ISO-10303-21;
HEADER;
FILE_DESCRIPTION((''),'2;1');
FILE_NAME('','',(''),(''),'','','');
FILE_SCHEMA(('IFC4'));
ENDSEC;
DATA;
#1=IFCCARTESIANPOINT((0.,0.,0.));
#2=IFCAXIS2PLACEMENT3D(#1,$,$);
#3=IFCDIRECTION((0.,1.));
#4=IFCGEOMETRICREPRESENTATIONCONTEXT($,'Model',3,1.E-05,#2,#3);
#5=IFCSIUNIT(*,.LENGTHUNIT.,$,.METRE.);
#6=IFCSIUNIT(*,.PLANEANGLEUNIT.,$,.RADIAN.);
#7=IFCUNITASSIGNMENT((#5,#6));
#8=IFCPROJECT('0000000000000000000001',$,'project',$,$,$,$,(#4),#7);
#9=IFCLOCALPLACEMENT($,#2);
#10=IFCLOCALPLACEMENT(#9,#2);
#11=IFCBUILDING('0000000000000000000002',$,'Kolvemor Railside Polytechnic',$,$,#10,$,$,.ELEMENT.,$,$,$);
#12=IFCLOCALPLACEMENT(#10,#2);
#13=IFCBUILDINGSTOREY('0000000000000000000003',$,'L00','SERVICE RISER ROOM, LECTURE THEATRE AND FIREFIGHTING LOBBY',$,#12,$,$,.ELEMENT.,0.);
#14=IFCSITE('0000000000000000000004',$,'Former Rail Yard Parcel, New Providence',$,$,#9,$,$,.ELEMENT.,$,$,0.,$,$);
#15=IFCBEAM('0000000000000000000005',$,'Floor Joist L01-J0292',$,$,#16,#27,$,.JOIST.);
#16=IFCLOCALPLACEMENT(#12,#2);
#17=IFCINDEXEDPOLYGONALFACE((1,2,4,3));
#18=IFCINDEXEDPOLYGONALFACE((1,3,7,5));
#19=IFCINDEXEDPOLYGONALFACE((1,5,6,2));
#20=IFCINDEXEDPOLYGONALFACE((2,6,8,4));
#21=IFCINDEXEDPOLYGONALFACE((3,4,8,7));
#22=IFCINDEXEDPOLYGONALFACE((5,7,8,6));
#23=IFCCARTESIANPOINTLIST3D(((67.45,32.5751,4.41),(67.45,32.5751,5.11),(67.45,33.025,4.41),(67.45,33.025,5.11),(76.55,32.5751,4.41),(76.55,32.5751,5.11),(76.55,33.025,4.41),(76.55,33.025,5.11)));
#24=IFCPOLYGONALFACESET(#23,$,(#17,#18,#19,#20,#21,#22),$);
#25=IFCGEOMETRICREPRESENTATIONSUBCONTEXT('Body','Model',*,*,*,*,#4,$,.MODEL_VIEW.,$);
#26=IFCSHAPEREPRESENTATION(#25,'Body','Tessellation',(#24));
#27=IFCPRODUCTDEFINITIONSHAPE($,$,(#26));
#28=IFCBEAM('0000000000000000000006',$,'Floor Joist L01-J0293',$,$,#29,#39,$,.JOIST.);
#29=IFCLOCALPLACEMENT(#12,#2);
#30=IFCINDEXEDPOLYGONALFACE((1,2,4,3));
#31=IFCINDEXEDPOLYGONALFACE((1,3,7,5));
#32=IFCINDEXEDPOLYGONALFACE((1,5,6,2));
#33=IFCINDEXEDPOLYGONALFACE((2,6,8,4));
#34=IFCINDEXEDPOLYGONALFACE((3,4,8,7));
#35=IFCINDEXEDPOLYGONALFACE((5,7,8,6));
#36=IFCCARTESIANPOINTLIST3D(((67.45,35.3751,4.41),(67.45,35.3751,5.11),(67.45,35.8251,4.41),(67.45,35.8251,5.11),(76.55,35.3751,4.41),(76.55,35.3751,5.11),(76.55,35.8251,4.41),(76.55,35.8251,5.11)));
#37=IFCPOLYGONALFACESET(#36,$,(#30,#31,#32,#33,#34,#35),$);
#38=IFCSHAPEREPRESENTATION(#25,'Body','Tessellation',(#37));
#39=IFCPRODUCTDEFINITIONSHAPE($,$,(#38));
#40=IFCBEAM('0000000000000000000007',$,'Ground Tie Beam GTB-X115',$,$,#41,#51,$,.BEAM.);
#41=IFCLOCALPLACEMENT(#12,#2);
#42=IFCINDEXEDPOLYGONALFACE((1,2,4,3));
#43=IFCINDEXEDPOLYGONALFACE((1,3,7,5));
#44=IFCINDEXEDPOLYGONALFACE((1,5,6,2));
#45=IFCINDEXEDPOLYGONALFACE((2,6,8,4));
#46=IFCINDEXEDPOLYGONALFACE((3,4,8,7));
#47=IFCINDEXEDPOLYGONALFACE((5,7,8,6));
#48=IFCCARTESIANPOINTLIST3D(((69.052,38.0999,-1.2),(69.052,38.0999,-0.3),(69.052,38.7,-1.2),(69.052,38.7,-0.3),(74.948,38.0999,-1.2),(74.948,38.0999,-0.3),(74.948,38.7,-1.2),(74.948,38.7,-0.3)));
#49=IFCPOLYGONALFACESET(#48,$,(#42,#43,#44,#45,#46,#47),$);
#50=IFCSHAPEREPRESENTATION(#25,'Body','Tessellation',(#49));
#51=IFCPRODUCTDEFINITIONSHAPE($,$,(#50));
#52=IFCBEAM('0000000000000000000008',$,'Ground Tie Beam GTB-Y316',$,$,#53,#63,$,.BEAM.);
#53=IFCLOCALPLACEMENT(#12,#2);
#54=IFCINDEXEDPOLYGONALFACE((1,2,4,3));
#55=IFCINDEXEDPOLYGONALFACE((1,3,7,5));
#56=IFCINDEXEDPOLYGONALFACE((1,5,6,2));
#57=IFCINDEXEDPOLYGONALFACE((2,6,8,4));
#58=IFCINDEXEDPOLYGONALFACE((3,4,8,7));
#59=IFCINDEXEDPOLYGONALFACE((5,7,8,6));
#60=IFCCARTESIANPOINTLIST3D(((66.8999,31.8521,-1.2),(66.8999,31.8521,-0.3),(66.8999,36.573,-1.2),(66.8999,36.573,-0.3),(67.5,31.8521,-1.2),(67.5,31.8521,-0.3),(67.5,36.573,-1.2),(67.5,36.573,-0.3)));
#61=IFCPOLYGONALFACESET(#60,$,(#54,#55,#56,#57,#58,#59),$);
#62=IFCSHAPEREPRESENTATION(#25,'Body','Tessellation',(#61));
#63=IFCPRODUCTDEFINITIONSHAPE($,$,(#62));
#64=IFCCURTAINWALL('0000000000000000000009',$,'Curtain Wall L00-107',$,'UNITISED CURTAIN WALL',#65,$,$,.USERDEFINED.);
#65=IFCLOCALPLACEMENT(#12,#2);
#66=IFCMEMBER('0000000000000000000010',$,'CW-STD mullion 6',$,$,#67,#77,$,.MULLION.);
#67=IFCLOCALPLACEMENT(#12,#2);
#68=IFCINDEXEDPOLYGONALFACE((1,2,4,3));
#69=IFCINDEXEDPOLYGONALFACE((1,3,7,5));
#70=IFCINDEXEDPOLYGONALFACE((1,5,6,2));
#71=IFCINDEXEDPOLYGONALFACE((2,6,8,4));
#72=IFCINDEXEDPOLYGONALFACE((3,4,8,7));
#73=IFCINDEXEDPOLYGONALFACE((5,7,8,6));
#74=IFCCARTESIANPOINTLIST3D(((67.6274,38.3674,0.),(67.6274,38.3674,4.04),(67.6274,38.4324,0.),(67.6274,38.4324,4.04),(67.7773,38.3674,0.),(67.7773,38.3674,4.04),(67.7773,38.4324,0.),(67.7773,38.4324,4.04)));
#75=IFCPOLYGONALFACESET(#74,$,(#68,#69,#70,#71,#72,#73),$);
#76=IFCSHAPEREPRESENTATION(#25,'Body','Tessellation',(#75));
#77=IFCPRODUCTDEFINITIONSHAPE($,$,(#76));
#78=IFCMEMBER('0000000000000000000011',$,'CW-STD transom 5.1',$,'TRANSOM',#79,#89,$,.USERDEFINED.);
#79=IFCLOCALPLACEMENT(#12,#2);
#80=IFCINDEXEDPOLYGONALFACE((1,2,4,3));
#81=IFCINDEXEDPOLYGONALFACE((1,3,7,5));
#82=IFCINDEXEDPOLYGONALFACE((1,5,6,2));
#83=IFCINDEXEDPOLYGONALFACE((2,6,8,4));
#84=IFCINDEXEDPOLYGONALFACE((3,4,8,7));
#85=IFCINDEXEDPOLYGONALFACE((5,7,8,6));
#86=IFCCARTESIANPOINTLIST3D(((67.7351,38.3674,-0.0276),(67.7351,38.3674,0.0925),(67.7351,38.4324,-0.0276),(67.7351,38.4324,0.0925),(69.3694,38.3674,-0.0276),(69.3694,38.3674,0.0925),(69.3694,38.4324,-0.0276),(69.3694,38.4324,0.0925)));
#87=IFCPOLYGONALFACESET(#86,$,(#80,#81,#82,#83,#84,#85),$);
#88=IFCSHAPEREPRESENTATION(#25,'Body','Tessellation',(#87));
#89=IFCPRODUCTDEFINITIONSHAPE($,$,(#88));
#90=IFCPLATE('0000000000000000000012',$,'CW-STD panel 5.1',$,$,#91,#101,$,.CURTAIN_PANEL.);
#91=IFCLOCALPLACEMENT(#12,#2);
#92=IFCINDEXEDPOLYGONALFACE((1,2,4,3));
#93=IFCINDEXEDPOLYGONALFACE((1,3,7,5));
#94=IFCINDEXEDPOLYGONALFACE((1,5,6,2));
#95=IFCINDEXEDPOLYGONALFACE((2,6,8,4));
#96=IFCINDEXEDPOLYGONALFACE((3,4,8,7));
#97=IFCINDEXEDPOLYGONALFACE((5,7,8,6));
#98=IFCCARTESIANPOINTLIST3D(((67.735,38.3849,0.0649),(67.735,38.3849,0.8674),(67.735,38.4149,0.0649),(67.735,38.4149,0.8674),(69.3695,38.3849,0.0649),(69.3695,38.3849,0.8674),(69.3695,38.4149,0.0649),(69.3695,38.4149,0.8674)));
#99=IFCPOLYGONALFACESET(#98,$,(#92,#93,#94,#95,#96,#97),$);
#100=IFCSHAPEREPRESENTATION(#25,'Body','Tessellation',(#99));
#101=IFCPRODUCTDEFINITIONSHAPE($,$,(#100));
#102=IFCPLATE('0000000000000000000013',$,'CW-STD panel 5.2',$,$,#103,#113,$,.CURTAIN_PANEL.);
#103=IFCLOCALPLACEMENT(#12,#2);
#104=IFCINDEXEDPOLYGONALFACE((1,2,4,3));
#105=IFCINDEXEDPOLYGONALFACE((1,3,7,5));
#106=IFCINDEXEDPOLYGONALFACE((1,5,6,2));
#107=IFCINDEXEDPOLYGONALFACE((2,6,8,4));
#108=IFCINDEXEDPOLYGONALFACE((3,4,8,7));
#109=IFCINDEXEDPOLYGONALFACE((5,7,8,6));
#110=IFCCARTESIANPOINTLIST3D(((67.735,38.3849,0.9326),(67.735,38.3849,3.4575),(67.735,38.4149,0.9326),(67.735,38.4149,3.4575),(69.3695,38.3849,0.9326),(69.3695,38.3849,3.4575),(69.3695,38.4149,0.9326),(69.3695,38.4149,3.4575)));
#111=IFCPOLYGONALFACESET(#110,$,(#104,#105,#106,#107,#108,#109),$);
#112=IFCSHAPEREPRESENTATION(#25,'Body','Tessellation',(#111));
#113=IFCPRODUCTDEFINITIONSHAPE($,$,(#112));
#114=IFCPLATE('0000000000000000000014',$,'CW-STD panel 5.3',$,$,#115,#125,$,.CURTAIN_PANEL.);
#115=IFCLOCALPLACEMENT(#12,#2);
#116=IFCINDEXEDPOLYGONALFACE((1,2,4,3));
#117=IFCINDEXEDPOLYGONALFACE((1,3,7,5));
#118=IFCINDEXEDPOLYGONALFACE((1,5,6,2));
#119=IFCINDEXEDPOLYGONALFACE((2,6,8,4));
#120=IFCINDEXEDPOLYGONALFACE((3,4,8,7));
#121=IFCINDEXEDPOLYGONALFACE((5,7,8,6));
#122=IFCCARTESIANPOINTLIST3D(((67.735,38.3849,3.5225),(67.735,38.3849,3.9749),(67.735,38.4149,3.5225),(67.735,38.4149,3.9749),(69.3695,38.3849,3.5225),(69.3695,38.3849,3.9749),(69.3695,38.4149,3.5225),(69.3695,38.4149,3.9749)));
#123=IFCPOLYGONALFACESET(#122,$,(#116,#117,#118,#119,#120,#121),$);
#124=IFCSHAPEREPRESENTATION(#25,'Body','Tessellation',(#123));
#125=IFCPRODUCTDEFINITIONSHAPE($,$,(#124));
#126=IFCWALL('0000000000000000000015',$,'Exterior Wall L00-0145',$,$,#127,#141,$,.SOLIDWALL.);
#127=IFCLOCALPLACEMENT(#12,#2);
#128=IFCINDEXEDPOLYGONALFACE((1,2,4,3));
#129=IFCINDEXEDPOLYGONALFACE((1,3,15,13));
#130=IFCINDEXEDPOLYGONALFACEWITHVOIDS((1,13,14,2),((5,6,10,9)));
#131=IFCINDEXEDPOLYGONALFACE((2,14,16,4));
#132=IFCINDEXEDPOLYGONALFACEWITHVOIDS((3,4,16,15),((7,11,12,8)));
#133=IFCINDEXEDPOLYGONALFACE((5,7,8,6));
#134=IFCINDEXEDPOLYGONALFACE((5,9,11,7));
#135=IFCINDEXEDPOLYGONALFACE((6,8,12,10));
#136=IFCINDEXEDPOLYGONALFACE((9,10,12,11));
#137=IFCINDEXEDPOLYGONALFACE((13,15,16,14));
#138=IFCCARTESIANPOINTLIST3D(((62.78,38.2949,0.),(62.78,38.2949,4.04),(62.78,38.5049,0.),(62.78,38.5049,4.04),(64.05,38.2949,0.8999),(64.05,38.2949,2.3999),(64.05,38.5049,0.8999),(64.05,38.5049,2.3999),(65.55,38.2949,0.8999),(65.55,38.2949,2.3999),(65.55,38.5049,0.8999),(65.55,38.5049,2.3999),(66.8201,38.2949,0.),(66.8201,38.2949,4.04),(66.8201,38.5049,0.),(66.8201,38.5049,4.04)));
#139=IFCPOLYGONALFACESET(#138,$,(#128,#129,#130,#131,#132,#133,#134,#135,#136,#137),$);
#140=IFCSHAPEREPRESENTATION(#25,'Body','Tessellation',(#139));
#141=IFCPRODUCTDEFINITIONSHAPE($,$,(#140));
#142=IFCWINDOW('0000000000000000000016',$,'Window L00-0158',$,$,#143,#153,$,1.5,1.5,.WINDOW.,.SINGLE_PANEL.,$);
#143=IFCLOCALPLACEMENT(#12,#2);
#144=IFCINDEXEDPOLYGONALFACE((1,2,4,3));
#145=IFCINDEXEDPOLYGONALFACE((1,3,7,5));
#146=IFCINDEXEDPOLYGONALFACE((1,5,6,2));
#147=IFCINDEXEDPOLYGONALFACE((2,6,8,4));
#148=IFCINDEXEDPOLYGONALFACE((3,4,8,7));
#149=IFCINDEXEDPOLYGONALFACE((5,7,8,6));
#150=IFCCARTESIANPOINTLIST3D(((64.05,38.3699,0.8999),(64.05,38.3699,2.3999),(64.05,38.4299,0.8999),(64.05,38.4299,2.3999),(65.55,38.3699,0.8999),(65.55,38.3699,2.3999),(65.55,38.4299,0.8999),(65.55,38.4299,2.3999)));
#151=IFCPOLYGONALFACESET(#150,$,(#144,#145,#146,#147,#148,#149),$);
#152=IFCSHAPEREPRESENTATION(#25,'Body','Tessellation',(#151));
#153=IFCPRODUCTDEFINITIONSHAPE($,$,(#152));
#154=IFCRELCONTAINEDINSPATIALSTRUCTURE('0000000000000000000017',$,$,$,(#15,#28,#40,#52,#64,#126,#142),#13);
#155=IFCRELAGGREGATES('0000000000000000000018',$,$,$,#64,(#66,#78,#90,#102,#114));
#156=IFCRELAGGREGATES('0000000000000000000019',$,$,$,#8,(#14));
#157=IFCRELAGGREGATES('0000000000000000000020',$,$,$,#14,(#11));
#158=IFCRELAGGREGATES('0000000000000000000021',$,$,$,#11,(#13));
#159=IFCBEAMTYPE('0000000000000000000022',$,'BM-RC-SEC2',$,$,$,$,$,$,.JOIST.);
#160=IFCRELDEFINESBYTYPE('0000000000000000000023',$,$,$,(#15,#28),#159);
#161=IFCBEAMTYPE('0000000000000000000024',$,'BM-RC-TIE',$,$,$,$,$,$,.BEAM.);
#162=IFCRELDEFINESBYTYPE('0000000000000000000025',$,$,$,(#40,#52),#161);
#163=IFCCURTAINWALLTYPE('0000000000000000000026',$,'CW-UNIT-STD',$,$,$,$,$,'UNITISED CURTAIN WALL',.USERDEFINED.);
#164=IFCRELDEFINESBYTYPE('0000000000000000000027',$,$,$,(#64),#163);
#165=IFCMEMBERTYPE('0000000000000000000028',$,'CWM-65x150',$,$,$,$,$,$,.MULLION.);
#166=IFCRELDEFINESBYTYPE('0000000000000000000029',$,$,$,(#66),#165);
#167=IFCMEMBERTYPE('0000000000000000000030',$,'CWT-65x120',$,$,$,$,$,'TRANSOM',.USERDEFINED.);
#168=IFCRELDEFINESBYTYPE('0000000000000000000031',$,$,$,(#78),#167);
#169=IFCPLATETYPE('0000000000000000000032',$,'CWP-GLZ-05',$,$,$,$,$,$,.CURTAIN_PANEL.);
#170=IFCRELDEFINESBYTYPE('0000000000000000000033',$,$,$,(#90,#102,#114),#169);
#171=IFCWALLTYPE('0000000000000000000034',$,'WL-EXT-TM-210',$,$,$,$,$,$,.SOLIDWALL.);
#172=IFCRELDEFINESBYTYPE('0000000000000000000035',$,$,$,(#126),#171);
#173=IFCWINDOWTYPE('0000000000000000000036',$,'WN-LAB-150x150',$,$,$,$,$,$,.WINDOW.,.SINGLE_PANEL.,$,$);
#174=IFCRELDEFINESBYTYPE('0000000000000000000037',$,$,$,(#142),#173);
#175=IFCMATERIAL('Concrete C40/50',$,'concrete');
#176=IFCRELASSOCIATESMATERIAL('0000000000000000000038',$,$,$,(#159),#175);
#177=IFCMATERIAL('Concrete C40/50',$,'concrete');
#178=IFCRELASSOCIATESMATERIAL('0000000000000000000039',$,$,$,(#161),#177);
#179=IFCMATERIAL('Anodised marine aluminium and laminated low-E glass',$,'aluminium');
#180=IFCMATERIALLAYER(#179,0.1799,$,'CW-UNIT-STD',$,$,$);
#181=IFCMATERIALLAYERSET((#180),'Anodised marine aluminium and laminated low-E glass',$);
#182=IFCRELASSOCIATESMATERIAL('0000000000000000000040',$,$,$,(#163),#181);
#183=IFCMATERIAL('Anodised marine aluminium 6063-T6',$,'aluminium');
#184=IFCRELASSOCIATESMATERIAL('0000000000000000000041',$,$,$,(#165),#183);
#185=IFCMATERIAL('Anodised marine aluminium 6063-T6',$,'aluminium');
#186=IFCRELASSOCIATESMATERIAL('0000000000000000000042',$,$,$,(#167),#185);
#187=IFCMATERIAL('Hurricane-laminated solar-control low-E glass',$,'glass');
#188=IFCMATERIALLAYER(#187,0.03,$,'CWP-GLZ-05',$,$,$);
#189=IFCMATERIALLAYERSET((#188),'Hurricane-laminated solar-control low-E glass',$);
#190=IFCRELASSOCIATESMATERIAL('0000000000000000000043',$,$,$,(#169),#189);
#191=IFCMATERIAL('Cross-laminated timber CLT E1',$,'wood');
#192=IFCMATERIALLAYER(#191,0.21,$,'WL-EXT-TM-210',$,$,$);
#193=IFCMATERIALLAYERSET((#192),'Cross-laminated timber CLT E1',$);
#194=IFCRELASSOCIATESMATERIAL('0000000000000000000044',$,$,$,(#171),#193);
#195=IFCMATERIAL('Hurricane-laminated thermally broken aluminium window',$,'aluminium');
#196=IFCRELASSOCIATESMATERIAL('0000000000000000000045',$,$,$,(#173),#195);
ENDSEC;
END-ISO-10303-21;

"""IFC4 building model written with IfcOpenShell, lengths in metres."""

from ifc_helpers import new_model, si_unit, direction, frame, frame_2d, origin, origin_2d, place, context, subcontext, project, spatial, rectangle, extrude, material, layer, layer_set, material_profile, profile_set, type_object, element, fill, aggregate, save


model = new_model("IFC4")

# Units and contexts
model_context = context("Model", 3, precision=1e-05, world=origin(), true_north=direction((0.0, 1.0)))
body_context = subcontext(model_context, "Body", "Model", "MODEL_VIEW")
ifc_project = project(units=[si_unit("LENGTHUNIT", "METRE"), si_unit("PLANEANGLEUNIT", "RADIAN")], contexts=[model_context])

# Site, building, storey
site_placement = place(None, origin())
site = spatial("IfcSite", under=ifc_project, at=site_placement, Name="Former Rail Yard Parcel, New Providence", CompositionType="ELEMENT", RefElevation=0.0)
building_placement = place(site_placement, origin())
building = spatial("IfcBuilding", under=site, at=building_placement, Name="Kolvemor Railside Polytechnic", CompositionType="ELEMENT")
storey_placement = place(building_placement, origin())
storey = spatial("IfcBuildingStorey", under=building, at=storey_placement, Name="L00", Description="SERVICE RISER ROOM, LECTURE THEATRE AND FIREFIGHTING LOBBY", CompositionType="ELEMENT", Elevation=0.0)

# Beams
ifc_material_1 = material(Name="Concrete C40/50", Category="concrete")
ifc_material_profile_1 = material_profile(ifc_material_1, rectangle(XDim=0.45, YDim=0.7, at=origin_2d()), Name="RC450x700")
ifc_profile_set_1 = profile_set([ifc_material_profile_1], Name="Concrete C40/50")
beam_type_1 = type_object("IfcBeamType", Name="BM-RC-SEC2", PredefinedType="JOIST", material=ifc_profile_set_1)
for number, where, z_axis, x_axis, name in (
    (1, (67.45, 32.8, 4.76), (1.0, 0.0, 0.0), (0.0, 1.0, 0.0), "Floor Joist L01-J0292"),
    (2, (67.45, 35.6001, 4.76), (1.0, 0.0, 0.0), (0.0, 1.0, 0.0), "Floor Joist L01-J0293"),
):
    element("IfcBeam", number, at=place(storey_placement, frame(where, z_axis=z_axis, x_axis=x_axis)), inside=storey, type_object=beam_type_1, Name=name, PredefinedType="JOIST", context=body_context, shape_type="SweptSolid", body=[
        extrude(rectangle(XDim=0.45, YDim=0.7, at=origin_2d()), origin(), (0.0, 0.0, 1.0), 9.1001),
    ])
ifc_material_2 = material(Name="Concrete C40/50", Category="concrete")
ifc_material_profile_2 = material_profile(ifc_material_2, rectangle(XDim=0.6001, YDim=0.8999, at=origin_2d()), Name="RC600x900")
ifc_profile_set_2 = profile_set([ifc_material_profile_2], Name="Concrete C40/50")
beam_type_2 = type_object("IfcBeamType", Name="BM-RC-TIE", PredefinedType="BEAM", material=ifc_profile_set_2)
beam_1_placement = place(storey_placement, frame((69.052, 38.3999, -0.75), z_axis=(1.0, 0.0, 0.0), x_axis=(0.0, 1.0, 0.0)))
element("IfcBeam", 3, at=beam_1_placement, inside=storey, type_object=beam_type_2, Name="Ground Tie Beam GTB-X115", PredefinedType="BEAM", context=body_context, shape_type="SweptSolid", body=[
    extrude(rectangle(XDim=0.6001, YDim=0.8999, at=origin_2d()), origin(), (0.0, 0.0, 1.0), 5.896),
])
beam_2_placement = place(storey_placement, frame((67.2, 31.8521, -0.75), z_axis=(0.0, 1.0, 0.0), x_axis=(-1.0, 0.0, 0.0)))
element("IfcBeam", 4, at=beam_2_placement, inside=storey, type_object=beam_type_2, Name="Ground Tie Beam GTB-Y316", PredefinedType="BEAM", context=body_context, shape_type="SweptSolid", body=[
    extrude(rectangle(XDim=0.6001, YDim=0.8999, at=origin_2d()), origin(), (0.0, 0.0, 1.0), 4.7209),
])

# Curtain wall, members, plates
ifc_material_3 = material(Name="Anodised marine aluminium and laminated low-E glass", Category="aluminium")
ifc_layer_1 = layer(ifc_material_3, 0.1799, Name="CW-UNIT-STD")
ifc_layer_set_1 = layer_set([ifc_layer_1], Name="Anodised marine aluminium and laminated low-E glass")
curtain_wall_type = type_object("IfcCurtainWallType", Name="CW-UNIT-STD", ElementType="UNITISED CURTAIN WALL", PredefinedType="USERDEFINED", material=ifc_layer_set_1)
curtain_wall_placement = place(storey_placement, origin())
curtain_wall = element("IfcCurtainWall", 5, at=curtain_wall_placement, inside=storey, type_object=curtain_wall_type, Name="Curtain Wall L00-107", ObjectType="UNITISED CURTAIN WALL", PredefinedType="USERDEFINED")
ifc_material_4 = material(Name="Anodised marine aluminium 6063-T6", Category="aluminium")
ifc_material_profile_3 = material_profile(ifc_material_4, rectangle(XDim=0.0649, YDim=0.1499, at=origin_2d()), Name="CW-MUL-65x150")
ifc_profile_set_3 = profile_set([ifc_material_profile_3], Name="Anodised marine aluminium 6063-T6")
member_type_1 = type_object("IfcMemberType", Name="CWM-65x150", PredefinedType="MULLION", material=ifc_profile_set_3)
member_1_placement = place(storey_placement, frame((67.7024, 38.3999, 0.0), z_axis=(0.0, 0.0, 1.0), x_axis=(0.0, -1.0, 0.0)))
member_1 = element("IfcMember", 6, at=member_1_placement, type_object=member_type_1, Name="CW-STD mullion 6", PredefinedType="MULLION", context=body_context, shape_type="SweptSolid", body=[
    extrude(rectangle(XDim=0.0649, YDim=0.1499, at=origin_2d()), origin(), (0.0, 0.0, 1.0), 4.04),
])
ifc_material_5 = material(Name="Anodised marine aluminium 6063-T6", Category="aluminium")
ifc_material_profile_4 = material_profile(ifc_material_5, rectangle(XDim=0.0649, YDim=0.1201, at=origin_2d()), Name="CW-TRN-65x120")
ifc_profile_set_4 = profile_set([ifc_material_profile_4], Name="Anodised marine aluminium 6063-T6")
member_type_2 = type_object("IfcMemberType", Name="CWT-65x120", ElementType="TRANSOM", PredefinedType="USERDEFINED", material=ifc_profile_set_4)
member_2_placement = place(storey_placement, frame((69.3694, 38.3999, 0.0325), z_axis=(-1.0, 0.0, 0.0), x_axis=(0.0, -1.0, 0.0)))
member_2 = element("IfcMember", 7, at=member_2_placement, type_object=member_type_2, Name="CW-STD transom 5.1", ObjectType="TRANSOM", PredefinedType="USERDEFINED", context=body_context, shape_type="SweptSolid", body=[
    extrude(rectangle(XDim=0.0649, YDim=0.1201, at=origin_2d()), origin(), (0.0, 0.0, 1.0), 1.6343),
])
ifc_material_6 = material(Name="Hurricane-laminated solar-control low-E glass", Category="glass")
ifc_layer_2 = layer(ifc_material_6, 0.03, Name="CWP-GLZ-05")
ifc_layer_set_2 = layer_set([ifc_layer_2], Name="Hurricane-laminated solar-control low-E glass")
plate_type = type_object("IfcPlateType", Name="CWP-GLZ-05", PredefinedType="CURTAIN_PANEL", material=ifc_layer_set_2)
plate_1_placement = place(storey_placement, frame((68.5522, 38.3999, 0.0649), z_axis=(0.0, 0.0, 1.0), x_axis=(-1.0, 0.0, 0.0)))
plate_1 = element("IfcPlate", 8, at=plate_1_placement, type_object=plate_type, Name="CW-STD panel 5.1", PredefinedType="CURTAIN_PANEL", context=body_context, shape_type="SweptSolid", body=[
    extrude(rectangle(XDim=1.6345, YDim=0.03, at=origin_2d()), origin(), (0.0, 0.0, 1.0), 0.8025),
])
plate_2_placement = place(storey_placement, frame((68.5522, 38.3999, 0.9326), z_axis=(0.0, 0.0, 1.0), x_axis=(-1.0, 0.0, 0.0)))
plate_2 = element("IfcPlate", 9, at=plate_2_placement, type_object=plate_type, Name="CW-STD panel 5.2", PredefinedType="CURTAIN_PANEL", context=body_context, shape_type="SweptSolid", body=[
    extrude(rectangle(XDim=1.6345, YDim=0.03, at=origin_2d()), origin(), (0.0, 0.0, 1.0), 2.5249),
])
plate_3_placement = place(storey_placement, frame((68.5522, 38.3999, 3.5225), z_axis=(0.0, 0.0, 1.0), x_axis=(-1.0, 0.0, 0.0)))
plate_3 = element("IfcPlate", 10, at=plate_3_placement, type_object=plate_type, Name="CW-STD panel 5.3", PredefinedType="CURTAIN_PANEL", context=body_context, shape_type="SweptSolid", body=[
    extrude(rectangle(XDim=1.6345, YDim=0.03, at=origin_2d()), origin(), (0.0, 0.0, 1.0), 0.4524),
])
aggregate(curtain_wall, [member_1, member_2, plate_1, plate_2, plate_3])

# Wall, opening, window
ifc_material_7 = material(Name="Cross-laminated timber CLT E1", Category="wood")
ifc_layer_3 = layer(ifc_material_7, 0.21, Name="WL-EXT-TM-210")
ifc_layer_set_3 = layer_set([ifc_layer_3], Name="Cross-laminated timber CLT E1")
wall_type_1 = type_object("IfcWallType", Name="WL-EXT-TM-210", PredefinedType="SOLIDWALL", material=ifc_layer_set_3)
wall_1_placement = place(storey_placement, frame((66.8201, 38.3999, 0.0), z_axis=(0.0, 0.0, 1.0), x_axis=(-1.0, 0.0, 0.0)))
wall_1 = element("IfcWall", 11, at=wall_1_placement, inside=storey, type_object=wall_type_1, Name="Exterior Wall L00-0145", PredefinedType="SOLIDWALL", context=body_context, shape_type="SweptSolid", body=[
    extrude(rectangle(XDim=4.04, YDim=0.21, at=frame_2d((2.02, 0.0))), origin(), (0.0, 0.0, 1.0), 4.04),
])
opening_1_placement = place(wall_1_placement, frame((1.27, 0.0, 0.8999)))
opening_1 = element("IfcOpeningElement", 12, at=opening_1_placement, cuts=wall_1, PredefinedType="OPENING", context=body_context, shape_type="SweptSolid", body=[
    extrude(rectangle(XDim=1.5, YDim=1.5, at=frame_2d((0.75, 0.75))), frame((0.0, 0.115, 0.0), z_axis=(0.0, -1.0, 0.0), x_axis=(1.0, 0.0, 0.0)), (0.0, 0.0, 1.0), 0.23),
])
ifc_material_8 = material(Name="Hurricane-laminated thermally broken aluminium window", Category="aluminium")
window_type = type_object("IfcWindowType", Name="WN-LAB-150x150", PartitioningType="SINGLE_PANEL", PredefinedType="WINDOW", material=ifc_material_8)
window_placement = place(opening_1_placement, origin())
window = element("IfcWindow", 13, at=window_placement, inside=storey, type_object=window_type, Name="Window L00-0158", OverallHeight=1.5, OverallWidth=1.5, PartitioningType="SINGLE_PANEL", PredefinedType="WINDOW", context=body_context, shape_type="SweptSolid", body=[
    extrude(rectangle(XDim=1.5, YDim=1.5, at=frame_2d((0.75, 0.75))), frame((0.0, 0.03, 0.0), z_axis=(0.0, -1.0, 0.0), x_axis=(1.0, 0.0, 0.0)), (0.0, 0.0, 1.0), 0.0601),
])
fill(opening_1, window)

save(model, "model.ifc")
